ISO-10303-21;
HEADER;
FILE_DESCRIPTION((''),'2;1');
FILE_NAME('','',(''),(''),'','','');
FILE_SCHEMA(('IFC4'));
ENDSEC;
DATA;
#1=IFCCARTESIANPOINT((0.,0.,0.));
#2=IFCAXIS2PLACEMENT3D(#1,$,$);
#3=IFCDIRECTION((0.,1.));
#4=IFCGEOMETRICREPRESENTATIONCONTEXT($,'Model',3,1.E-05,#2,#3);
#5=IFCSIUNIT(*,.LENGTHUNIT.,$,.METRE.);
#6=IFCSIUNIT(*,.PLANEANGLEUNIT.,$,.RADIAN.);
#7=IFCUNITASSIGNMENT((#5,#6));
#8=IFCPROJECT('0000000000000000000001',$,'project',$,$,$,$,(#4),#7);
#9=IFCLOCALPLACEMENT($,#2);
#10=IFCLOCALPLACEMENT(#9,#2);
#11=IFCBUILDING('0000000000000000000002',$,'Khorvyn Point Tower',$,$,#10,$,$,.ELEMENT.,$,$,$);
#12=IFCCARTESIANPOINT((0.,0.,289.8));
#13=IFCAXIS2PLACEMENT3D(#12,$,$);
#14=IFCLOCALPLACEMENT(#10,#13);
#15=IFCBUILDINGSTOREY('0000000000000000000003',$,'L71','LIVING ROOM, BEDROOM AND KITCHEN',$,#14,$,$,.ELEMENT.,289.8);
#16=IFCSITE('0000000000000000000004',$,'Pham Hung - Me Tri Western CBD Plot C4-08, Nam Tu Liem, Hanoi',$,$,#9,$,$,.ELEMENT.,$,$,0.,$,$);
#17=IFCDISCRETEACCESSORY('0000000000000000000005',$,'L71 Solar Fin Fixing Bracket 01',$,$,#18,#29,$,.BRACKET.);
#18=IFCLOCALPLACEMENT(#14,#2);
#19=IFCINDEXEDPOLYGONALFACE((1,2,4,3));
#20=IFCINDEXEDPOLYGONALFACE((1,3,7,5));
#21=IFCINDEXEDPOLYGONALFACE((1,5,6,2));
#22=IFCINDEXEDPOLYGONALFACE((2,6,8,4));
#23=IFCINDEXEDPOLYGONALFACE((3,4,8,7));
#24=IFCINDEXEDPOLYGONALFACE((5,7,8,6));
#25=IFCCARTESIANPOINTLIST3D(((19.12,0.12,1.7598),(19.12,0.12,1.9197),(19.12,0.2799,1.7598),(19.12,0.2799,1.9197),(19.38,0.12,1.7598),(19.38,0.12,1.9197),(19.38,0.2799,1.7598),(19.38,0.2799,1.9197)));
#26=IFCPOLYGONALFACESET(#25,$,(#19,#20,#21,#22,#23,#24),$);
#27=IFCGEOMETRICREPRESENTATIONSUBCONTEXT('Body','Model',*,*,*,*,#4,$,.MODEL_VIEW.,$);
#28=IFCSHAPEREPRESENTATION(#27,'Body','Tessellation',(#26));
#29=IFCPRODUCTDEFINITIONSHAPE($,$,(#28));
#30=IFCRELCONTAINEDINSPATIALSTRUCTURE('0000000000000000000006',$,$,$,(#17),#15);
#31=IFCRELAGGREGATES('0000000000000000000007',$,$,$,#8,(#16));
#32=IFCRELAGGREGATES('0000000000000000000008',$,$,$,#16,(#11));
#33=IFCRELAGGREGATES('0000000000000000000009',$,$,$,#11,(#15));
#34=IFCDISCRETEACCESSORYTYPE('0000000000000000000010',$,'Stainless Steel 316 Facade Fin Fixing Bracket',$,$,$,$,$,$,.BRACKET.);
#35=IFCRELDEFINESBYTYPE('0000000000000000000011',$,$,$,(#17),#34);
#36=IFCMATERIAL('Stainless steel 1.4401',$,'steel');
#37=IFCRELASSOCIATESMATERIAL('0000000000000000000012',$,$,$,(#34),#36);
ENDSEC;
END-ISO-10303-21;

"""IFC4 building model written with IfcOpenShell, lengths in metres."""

from ifc_helpers import new_model, si_unit, direction, frame, origin, origin_2d, place, context, subcontext, project, spatial, rectangle, extrude, material, type_object, element, save


model = new_model("IFC4")

# Units and contexts
model_context = context("Model", 3, precision=1e-05, world=origin(), true_north=direction((0.0, 1.0)))
body_context = subcontext(model_context, "Body", "Model", "MODEL_VIEW")
ifc_project = project(units=[si_unit("LENGTHUNIT", "METRE"), si_unit("PLANEANGLEUNIT", "RADIAN")], contexts=[model_context])

# Site, building, storey
site_placement = place(None, origin())
site = spatial("IfcSite", under=ifc_project, at=site_placement, Name="Pham Hung - Me Tri Western CBD Plot C4-08, Nam Tu Liem, Hanoi", CompositionType="ELEMENT", RefElevation=0.0)
building_placement = place(site_placement, origin())
building = spatial("IfcBuilding", under=site, at=building_placement, Name="Khorvyn Point Tower", CompositionType="ELEMENT")
storey_placement = place(building_placement, frame((0.0, 0.0, 289.8)))
storey = spatial("IfcBuildingStorey", under=building, at=storey_placement, Name="L71", Description="LIVING ROOM, BEDROOM AND KITCHEN", CompositionType="ELEMENT", Elevation=289.8)

# Discrete accessory
ifc_material_1 = material(Name="Stainless steel 1.4401", Category="steel")
discrete_accessory_type = type_object("IfcDiscreteAccessoryType", Name="Stainless Steel 316 Facade Fin Fixing Bracket", PredefinedType="BRACKET", material=ifc_material_1)
discrete_accessory_placement = place(storey_placement, frame((19.25, 0.2, 1.7598), z_axis=(0.0, 0.0, 1.0), x_axis=(0.0, -1.0, 0.0)))
element("IfcDiscreteAccessory", 1, at=discrete_accessory_placement, inside=storey, type_object=discrete_accessory_type, Name="L71 Solar Fin Fixing Bracket 01", PredefinedType="BRACKET", context=body_context, shape_type="SweptSolid", body=[
    extrude(rectangle(XDim=0.1599, YDim=0.26, at=origin_2d()), origin(), (0.0, 0.0, 1.0), 0.1599),
])

save(model, "model.ifc")
